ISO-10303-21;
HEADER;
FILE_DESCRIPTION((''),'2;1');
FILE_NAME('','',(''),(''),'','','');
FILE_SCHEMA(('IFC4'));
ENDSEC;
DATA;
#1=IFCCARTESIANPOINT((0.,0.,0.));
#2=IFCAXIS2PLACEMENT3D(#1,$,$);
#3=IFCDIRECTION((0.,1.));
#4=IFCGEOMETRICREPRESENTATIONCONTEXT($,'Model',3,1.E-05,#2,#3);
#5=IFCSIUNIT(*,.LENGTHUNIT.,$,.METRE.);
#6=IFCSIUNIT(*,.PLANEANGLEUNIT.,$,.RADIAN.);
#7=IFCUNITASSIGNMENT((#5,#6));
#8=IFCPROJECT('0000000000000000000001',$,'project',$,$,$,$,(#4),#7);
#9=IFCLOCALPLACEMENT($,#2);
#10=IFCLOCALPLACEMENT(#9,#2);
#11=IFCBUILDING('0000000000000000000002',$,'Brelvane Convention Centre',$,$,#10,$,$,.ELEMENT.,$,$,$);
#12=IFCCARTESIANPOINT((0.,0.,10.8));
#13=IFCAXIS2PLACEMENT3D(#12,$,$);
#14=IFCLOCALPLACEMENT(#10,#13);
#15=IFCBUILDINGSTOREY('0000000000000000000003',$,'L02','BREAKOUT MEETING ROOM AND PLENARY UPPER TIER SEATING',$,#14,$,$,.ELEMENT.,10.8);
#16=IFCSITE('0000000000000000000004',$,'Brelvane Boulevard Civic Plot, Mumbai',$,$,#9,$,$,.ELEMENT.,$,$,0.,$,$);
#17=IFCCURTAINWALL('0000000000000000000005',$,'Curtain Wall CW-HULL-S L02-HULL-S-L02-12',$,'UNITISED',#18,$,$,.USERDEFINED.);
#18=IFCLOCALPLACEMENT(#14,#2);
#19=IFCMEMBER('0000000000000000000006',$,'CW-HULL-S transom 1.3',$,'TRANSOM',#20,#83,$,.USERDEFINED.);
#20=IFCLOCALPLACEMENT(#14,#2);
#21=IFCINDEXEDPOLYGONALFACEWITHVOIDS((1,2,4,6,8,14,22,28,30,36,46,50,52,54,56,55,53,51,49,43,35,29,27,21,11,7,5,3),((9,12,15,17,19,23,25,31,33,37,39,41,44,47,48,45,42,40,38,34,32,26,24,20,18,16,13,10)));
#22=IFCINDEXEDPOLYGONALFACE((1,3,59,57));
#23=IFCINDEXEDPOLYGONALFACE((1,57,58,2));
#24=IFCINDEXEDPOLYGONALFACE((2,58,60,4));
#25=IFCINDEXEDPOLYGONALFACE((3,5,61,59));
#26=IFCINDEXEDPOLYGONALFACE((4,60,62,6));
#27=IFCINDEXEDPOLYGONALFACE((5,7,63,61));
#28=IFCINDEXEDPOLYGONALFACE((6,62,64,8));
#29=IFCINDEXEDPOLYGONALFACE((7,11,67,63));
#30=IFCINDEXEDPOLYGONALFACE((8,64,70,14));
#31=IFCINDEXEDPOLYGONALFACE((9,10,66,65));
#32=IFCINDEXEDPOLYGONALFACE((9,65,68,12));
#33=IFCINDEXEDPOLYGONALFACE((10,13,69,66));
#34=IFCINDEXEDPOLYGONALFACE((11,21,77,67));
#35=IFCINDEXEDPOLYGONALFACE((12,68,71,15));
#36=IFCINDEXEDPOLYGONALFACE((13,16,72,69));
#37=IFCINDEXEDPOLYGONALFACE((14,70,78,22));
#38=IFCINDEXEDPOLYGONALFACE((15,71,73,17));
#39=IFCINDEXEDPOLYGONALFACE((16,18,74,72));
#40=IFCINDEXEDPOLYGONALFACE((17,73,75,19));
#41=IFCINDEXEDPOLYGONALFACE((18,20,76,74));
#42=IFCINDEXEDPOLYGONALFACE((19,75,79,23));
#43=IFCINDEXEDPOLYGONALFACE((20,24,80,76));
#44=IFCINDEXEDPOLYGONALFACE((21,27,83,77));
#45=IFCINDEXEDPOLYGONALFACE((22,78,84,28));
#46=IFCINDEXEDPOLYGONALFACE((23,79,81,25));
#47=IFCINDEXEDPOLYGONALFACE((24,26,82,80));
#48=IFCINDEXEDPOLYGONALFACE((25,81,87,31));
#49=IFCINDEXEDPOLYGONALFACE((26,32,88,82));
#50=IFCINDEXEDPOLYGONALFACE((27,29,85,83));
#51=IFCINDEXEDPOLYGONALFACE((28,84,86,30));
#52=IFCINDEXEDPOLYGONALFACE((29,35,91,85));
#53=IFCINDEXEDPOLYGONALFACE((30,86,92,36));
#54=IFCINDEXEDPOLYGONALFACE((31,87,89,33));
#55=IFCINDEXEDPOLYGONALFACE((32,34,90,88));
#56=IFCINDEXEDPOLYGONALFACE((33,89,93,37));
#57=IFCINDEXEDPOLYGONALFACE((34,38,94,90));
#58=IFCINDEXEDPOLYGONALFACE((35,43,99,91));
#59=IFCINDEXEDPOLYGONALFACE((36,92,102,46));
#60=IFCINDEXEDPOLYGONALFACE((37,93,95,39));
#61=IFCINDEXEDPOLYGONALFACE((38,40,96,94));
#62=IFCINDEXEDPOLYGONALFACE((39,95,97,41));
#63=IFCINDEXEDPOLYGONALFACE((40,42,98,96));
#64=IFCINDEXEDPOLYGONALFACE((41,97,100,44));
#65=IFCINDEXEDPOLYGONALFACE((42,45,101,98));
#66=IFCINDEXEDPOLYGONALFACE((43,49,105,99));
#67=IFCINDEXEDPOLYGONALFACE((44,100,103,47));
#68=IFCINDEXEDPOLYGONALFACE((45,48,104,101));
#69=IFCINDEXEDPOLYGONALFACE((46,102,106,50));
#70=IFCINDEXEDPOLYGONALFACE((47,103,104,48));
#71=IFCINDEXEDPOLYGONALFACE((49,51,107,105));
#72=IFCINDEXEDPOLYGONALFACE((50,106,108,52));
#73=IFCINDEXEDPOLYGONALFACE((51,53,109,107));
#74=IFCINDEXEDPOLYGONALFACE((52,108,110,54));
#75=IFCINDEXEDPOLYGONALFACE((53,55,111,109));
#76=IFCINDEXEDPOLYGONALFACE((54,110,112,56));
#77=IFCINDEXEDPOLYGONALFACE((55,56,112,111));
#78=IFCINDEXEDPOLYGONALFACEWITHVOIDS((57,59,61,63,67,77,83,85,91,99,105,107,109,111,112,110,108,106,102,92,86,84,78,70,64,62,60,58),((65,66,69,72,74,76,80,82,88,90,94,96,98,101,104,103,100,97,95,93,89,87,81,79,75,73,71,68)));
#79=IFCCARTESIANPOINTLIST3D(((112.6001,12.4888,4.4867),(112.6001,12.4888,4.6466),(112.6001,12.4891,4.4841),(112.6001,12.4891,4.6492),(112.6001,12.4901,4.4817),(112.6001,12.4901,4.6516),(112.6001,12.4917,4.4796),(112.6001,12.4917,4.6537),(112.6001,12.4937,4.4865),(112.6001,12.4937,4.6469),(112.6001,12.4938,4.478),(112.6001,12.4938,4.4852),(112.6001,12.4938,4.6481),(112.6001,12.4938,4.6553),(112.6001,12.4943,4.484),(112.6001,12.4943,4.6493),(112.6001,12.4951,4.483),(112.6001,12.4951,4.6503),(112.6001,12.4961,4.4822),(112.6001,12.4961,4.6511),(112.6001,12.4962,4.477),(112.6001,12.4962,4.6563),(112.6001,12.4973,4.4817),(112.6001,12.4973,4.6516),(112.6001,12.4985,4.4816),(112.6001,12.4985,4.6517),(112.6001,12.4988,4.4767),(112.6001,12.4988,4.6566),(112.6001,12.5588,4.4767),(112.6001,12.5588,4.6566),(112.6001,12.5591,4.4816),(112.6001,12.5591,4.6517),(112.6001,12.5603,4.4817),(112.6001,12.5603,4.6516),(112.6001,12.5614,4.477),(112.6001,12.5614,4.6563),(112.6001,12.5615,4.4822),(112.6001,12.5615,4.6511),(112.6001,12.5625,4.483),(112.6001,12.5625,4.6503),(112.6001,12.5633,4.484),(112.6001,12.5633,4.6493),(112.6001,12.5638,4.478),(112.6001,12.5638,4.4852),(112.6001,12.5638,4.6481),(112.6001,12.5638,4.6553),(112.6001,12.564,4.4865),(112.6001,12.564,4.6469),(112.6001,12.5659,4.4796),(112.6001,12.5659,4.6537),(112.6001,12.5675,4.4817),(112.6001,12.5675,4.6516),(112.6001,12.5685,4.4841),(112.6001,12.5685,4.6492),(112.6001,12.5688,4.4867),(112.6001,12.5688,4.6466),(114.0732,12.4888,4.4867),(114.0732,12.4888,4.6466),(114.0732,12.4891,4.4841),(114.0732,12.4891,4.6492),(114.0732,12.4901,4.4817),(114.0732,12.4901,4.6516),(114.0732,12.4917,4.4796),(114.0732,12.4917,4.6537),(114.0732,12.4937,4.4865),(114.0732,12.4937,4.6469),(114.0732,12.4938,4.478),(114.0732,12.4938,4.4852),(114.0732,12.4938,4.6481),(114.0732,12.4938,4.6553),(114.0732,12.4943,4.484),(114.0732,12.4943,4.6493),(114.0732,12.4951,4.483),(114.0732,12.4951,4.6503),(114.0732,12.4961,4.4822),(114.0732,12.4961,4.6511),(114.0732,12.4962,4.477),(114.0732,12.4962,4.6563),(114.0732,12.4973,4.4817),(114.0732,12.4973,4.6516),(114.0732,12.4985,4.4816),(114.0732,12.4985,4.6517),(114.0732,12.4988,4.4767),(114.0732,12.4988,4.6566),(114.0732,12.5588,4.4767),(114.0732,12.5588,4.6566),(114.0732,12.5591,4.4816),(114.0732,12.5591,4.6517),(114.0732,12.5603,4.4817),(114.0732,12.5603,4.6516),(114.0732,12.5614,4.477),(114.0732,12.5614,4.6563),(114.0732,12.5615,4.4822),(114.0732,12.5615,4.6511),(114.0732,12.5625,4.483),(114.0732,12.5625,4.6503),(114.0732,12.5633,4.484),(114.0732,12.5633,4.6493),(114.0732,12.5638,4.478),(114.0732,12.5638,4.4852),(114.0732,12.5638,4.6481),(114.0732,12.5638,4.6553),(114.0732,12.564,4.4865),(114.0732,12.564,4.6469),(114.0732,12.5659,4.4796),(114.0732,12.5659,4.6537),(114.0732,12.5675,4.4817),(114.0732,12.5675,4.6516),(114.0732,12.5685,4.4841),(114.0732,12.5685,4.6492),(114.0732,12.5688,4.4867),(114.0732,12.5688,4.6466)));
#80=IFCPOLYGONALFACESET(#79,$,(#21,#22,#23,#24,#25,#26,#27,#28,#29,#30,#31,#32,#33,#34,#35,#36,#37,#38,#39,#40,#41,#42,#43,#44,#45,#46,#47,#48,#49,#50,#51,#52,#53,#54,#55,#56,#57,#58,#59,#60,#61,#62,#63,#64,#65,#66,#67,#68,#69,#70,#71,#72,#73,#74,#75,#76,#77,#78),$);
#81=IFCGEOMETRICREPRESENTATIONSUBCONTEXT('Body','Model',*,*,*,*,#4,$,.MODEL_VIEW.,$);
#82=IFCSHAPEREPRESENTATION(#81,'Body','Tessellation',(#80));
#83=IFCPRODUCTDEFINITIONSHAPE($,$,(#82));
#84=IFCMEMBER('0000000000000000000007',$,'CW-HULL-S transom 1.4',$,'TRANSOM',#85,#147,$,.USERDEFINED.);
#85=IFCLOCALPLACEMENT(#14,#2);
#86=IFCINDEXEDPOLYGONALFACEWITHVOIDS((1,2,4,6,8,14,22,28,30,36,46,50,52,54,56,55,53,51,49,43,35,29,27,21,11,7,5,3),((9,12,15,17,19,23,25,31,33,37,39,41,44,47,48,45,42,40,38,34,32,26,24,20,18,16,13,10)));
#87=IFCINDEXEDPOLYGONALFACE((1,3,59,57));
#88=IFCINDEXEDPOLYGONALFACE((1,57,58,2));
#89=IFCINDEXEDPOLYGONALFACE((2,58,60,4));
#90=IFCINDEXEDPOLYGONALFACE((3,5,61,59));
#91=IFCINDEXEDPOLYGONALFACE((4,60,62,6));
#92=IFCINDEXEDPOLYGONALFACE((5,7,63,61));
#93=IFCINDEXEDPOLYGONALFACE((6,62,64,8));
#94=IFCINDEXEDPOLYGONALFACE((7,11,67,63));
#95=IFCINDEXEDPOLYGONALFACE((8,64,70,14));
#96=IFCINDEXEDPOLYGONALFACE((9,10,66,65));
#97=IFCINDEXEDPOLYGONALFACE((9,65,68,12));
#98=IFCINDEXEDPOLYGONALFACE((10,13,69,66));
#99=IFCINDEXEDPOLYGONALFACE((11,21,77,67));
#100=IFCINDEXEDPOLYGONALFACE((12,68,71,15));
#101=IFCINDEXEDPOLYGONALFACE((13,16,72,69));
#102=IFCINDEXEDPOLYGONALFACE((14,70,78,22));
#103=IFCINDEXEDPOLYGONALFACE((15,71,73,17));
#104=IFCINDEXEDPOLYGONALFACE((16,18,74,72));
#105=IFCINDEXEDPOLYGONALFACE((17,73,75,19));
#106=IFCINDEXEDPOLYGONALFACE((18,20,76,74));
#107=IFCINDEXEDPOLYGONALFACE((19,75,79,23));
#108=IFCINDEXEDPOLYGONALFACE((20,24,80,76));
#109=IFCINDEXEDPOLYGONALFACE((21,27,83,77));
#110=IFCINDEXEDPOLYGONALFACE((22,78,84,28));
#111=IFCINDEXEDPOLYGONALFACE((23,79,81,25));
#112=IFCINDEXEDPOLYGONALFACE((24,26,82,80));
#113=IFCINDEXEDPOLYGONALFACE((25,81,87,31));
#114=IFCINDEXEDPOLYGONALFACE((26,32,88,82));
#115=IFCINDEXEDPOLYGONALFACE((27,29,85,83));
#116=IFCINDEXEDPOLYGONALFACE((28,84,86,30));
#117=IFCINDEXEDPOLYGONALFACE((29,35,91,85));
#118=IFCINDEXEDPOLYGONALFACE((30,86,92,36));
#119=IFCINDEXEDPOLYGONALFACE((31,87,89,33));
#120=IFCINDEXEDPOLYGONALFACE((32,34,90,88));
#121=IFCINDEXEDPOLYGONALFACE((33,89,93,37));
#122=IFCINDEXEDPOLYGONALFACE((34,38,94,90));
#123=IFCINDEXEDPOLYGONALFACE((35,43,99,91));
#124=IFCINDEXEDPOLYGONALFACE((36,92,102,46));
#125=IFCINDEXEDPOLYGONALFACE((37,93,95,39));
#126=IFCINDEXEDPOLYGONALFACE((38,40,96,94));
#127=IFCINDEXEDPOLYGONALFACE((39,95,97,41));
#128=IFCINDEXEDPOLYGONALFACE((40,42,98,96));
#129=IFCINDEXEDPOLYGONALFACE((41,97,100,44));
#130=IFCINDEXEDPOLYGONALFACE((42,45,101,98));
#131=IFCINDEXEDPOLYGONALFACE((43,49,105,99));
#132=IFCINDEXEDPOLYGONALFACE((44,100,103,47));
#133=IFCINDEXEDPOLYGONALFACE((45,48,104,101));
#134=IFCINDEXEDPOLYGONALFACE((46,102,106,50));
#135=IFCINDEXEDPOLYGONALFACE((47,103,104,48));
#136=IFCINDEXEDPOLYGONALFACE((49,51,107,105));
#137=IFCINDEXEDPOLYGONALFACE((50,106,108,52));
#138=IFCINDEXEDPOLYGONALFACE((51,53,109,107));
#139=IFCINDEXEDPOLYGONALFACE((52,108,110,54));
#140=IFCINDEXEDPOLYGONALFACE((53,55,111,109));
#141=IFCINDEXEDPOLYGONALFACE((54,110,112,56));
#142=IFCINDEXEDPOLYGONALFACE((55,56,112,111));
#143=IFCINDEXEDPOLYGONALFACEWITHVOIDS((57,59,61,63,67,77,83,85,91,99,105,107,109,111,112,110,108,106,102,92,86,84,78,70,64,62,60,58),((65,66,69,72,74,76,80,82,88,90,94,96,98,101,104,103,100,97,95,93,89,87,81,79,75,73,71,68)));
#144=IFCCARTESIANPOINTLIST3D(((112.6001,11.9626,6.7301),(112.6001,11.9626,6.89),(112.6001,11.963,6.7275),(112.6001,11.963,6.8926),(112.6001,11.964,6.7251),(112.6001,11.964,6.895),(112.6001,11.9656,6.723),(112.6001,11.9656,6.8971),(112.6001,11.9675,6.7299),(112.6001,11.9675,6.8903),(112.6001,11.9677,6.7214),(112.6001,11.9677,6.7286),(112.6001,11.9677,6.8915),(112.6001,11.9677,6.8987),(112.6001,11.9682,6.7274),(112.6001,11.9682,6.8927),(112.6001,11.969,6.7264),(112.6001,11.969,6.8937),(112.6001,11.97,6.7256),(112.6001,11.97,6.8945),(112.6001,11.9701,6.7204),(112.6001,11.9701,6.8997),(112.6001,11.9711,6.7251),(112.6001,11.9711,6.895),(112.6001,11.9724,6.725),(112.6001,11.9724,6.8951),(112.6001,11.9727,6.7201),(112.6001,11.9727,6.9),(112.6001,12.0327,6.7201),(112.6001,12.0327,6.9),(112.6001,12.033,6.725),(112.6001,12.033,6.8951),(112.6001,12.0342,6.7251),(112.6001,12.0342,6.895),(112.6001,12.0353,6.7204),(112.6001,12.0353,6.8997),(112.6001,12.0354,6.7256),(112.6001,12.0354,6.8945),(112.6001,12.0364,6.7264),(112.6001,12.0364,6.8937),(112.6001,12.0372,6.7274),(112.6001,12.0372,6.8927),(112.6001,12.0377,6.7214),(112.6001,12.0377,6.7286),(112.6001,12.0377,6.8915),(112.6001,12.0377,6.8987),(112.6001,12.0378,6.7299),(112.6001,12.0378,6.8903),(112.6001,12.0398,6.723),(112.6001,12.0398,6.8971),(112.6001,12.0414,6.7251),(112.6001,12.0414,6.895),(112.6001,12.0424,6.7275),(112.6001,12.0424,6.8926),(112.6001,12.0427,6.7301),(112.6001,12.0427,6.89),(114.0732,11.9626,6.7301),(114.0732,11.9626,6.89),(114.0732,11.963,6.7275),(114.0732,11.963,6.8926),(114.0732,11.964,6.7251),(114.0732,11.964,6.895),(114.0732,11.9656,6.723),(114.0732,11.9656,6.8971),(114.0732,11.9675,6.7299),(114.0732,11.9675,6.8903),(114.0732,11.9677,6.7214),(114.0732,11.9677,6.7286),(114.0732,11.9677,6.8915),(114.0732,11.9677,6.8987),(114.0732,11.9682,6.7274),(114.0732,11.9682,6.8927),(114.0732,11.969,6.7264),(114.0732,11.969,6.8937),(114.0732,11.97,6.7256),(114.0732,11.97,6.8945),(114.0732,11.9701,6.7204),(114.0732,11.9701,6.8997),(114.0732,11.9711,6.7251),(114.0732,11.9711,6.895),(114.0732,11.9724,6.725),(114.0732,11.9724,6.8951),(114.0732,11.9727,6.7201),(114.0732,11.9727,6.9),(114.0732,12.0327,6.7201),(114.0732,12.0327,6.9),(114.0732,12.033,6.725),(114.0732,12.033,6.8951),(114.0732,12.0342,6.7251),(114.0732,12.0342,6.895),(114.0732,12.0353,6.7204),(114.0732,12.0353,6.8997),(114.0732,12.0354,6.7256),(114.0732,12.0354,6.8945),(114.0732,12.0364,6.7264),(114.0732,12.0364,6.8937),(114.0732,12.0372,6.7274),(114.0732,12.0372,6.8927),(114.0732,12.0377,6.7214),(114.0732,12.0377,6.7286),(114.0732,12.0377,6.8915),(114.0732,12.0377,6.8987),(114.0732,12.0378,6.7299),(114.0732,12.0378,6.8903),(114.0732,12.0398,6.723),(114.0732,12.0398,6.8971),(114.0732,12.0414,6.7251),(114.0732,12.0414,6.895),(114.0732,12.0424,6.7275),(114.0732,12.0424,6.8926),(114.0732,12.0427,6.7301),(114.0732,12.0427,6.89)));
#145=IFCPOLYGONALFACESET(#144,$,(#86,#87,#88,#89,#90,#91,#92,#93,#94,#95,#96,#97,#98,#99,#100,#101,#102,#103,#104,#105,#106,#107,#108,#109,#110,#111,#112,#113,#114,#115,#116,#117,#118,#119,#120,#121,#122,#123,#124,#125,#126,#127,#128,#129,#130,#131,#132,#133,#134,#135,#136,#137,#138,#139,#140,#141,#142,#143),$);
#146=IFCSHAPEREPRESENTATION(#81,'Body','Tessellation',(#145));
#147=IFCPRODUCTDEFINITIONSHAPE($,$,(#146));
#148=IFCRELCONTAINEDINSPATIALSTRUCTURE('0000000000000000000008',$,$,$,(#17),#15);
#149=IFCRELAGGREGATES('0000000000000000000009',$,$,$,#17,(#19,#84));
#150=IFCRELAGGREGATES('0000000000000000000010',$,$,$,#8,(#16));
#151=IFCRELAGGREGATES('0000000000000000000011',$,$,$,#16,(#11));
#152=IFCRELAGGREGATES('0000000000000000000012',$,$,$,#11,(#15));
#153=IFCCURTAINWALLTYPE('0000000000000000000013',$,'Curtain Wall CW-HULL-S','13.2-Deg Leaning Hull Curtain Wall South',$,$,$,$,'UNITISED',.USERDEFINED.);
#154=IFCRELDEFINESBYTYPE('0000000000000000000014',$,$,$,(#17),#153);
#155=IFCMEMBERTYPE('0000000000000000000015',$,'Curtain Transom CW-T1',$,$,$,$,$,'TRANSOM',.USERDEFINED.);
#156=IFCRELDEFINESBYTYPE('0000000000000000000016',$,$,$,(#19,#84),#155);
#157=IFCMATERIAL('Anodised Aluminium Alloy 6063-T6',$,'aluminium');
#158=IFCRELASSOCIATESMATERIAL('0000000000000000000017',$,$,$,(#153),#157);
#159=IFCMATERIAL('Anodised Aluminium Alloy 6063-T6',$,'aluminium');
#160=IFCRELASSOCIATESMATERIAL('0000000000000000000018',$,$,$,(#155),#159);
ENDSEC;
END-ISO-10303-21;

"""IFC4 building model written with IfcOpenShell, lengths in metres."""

from ifc_helpers import new_model, si_unit, direction, frame, origin, origin_2d, place, context, subcontext, project, spatial, hollow_rectangle, extrude, material, material_profile, profile_set, type_object, element, aggregate, save


model = new_model("IFC4")

# Units and contexts
model_context = context("Model", 3, precision=1e-05, world=origin(), true_north=direction((0.0, 1.0)))
body_context = subcontext(model_context, "Body", "Model", "MODEL_VIEW")
ifc_project = project(units=[si_unit("LENGTHUNIT", "METRE"), si_unit("PLANEANGLEUNIT", "RADIAN")], contexts=[model_context])

# Site, building, storey
site_placement = place(None, origin())
site = spatial("IfcSite", under=ifc_project, at=site_placement, Name="Brelvane Boulevard Civic Plot, Mumbai", CompositionType="ELEMENT", RefElevation=0.0)
building_placement = place(site_placement, origin())
building = spatial("IfcBuilding", under=site, at=building_placement, Name="Brelvane Convention Centre", CompositionType="ELEMENT")
storey_placement = place(building_placement, frame((0.0, 0.0, 10.8)))
storey = spatial("IfcBuildingStorey", under=building, at=storey_placement, Name="L02", Description="BREAKOUT MEETING ROOM AND PLENARY UPPER TIER SEATING", CompositionType="ELEMENT", Elevation=10.8)

# Curtain wall, members
ifc_material_1 = material(Name="Anodised Aluminium Alloy 6063-T6", Category="aluminium")
curtain_wall_type = type_object("IfcCurtainWallType", Name="Curtain Wall CW-HULL-S", Description="13.2-Deg Leaning Hull Curtain Wall South", ElementType="UNITISED", PredefinedType="USERDEFINED", material=ifc_material_1)
ifc_material_2 = material(Name="Anodised Aluminium Alloy 6063-T6", Category="aluminium")
ifc_material_profile = material_profile(ifc_material_2, hollow_rectangle(XDim=0.0801, YDim=0.1799, WallThickness=0.0049, InnerFilletRadius=0.0049, OuterFilletRadius=0.01, at=origin_2d()), Name="ALU-T 180x80x5.0")
ifc_profile_set = profile_set([ifc_material_profile], Name="Anodised Aluminium Alloy 6063-T6")
member_type = type_object("IfcMemberType", Name="Curtain Transom CW-T1", ElementType="TRANSOM", PredefinedType="USERDEFINED", material=ifc_profile_set)
curtain_wall_1_placement = place(storey_placement, origin())
curtain_wall_1 = element("IfcCurtainWall", 1, at=curtain_wall_1_placement, inside=storey, type_object=curtain_wall_type, Name="Curtain Wall CW-HULL-S L02-HULL-S-L02-12", ObjectType="UNITISED", PredefinedType="USERDEFINED")
member_1_placement = place(storey_placement, frame((112.6001, 12.5288, 4.5667), z_axis=(1.0, 0.0, 0.0), x_axis=(0.0, 1.0, 0.0)))
member_1 = element("IfcMember", 2, at=member_1_placement, type_object=member_type, Name="CW-HULL-S transom 1.3", ObjectType="TRANSOM", PredefinedType="USERDEFINED", context=body_context, shape_type="SweptSolid", body=[
    extrude(hollow_rectangle(XDim=0.0801, YDim=0.1799, WallThickness=0.0049, InnerFilletRadius=0.0049, OuterFilletRadius=0.01, at=origin_2d()), origin(), (0.0, 0.0, 1.0), 1.4731),
])
member_2_placement = place(storey_placement, frame((112.6001, 12.0027, 6.8101), z_axis=(1.0, 0.0, 0.0), x_axis=(0.0, 1.0, 0.0)))
member_2 = element("IfcMember", 3, at=member_2_placement, type_object=member_type, Name="CW-HULL-S transom 1.4", ObjectType="TRANSOM", PredefinedType="USERDEFINED", context=body_context, shape_type="SweptSolid", body=[
    extrude(hollow_rectangle(XDim=0.0801, YDim=0.1799, WallThickness=0.0049, InnerFilletRadius=0.0049, OuterFilletRadius=0.01, at=origin_2d()), origin(), (0.0, 0.0, 1.0), 1.4731),
])

aggregate(curtain_wall_1, [member_1, member_2])

save(model, "model.ifc")
